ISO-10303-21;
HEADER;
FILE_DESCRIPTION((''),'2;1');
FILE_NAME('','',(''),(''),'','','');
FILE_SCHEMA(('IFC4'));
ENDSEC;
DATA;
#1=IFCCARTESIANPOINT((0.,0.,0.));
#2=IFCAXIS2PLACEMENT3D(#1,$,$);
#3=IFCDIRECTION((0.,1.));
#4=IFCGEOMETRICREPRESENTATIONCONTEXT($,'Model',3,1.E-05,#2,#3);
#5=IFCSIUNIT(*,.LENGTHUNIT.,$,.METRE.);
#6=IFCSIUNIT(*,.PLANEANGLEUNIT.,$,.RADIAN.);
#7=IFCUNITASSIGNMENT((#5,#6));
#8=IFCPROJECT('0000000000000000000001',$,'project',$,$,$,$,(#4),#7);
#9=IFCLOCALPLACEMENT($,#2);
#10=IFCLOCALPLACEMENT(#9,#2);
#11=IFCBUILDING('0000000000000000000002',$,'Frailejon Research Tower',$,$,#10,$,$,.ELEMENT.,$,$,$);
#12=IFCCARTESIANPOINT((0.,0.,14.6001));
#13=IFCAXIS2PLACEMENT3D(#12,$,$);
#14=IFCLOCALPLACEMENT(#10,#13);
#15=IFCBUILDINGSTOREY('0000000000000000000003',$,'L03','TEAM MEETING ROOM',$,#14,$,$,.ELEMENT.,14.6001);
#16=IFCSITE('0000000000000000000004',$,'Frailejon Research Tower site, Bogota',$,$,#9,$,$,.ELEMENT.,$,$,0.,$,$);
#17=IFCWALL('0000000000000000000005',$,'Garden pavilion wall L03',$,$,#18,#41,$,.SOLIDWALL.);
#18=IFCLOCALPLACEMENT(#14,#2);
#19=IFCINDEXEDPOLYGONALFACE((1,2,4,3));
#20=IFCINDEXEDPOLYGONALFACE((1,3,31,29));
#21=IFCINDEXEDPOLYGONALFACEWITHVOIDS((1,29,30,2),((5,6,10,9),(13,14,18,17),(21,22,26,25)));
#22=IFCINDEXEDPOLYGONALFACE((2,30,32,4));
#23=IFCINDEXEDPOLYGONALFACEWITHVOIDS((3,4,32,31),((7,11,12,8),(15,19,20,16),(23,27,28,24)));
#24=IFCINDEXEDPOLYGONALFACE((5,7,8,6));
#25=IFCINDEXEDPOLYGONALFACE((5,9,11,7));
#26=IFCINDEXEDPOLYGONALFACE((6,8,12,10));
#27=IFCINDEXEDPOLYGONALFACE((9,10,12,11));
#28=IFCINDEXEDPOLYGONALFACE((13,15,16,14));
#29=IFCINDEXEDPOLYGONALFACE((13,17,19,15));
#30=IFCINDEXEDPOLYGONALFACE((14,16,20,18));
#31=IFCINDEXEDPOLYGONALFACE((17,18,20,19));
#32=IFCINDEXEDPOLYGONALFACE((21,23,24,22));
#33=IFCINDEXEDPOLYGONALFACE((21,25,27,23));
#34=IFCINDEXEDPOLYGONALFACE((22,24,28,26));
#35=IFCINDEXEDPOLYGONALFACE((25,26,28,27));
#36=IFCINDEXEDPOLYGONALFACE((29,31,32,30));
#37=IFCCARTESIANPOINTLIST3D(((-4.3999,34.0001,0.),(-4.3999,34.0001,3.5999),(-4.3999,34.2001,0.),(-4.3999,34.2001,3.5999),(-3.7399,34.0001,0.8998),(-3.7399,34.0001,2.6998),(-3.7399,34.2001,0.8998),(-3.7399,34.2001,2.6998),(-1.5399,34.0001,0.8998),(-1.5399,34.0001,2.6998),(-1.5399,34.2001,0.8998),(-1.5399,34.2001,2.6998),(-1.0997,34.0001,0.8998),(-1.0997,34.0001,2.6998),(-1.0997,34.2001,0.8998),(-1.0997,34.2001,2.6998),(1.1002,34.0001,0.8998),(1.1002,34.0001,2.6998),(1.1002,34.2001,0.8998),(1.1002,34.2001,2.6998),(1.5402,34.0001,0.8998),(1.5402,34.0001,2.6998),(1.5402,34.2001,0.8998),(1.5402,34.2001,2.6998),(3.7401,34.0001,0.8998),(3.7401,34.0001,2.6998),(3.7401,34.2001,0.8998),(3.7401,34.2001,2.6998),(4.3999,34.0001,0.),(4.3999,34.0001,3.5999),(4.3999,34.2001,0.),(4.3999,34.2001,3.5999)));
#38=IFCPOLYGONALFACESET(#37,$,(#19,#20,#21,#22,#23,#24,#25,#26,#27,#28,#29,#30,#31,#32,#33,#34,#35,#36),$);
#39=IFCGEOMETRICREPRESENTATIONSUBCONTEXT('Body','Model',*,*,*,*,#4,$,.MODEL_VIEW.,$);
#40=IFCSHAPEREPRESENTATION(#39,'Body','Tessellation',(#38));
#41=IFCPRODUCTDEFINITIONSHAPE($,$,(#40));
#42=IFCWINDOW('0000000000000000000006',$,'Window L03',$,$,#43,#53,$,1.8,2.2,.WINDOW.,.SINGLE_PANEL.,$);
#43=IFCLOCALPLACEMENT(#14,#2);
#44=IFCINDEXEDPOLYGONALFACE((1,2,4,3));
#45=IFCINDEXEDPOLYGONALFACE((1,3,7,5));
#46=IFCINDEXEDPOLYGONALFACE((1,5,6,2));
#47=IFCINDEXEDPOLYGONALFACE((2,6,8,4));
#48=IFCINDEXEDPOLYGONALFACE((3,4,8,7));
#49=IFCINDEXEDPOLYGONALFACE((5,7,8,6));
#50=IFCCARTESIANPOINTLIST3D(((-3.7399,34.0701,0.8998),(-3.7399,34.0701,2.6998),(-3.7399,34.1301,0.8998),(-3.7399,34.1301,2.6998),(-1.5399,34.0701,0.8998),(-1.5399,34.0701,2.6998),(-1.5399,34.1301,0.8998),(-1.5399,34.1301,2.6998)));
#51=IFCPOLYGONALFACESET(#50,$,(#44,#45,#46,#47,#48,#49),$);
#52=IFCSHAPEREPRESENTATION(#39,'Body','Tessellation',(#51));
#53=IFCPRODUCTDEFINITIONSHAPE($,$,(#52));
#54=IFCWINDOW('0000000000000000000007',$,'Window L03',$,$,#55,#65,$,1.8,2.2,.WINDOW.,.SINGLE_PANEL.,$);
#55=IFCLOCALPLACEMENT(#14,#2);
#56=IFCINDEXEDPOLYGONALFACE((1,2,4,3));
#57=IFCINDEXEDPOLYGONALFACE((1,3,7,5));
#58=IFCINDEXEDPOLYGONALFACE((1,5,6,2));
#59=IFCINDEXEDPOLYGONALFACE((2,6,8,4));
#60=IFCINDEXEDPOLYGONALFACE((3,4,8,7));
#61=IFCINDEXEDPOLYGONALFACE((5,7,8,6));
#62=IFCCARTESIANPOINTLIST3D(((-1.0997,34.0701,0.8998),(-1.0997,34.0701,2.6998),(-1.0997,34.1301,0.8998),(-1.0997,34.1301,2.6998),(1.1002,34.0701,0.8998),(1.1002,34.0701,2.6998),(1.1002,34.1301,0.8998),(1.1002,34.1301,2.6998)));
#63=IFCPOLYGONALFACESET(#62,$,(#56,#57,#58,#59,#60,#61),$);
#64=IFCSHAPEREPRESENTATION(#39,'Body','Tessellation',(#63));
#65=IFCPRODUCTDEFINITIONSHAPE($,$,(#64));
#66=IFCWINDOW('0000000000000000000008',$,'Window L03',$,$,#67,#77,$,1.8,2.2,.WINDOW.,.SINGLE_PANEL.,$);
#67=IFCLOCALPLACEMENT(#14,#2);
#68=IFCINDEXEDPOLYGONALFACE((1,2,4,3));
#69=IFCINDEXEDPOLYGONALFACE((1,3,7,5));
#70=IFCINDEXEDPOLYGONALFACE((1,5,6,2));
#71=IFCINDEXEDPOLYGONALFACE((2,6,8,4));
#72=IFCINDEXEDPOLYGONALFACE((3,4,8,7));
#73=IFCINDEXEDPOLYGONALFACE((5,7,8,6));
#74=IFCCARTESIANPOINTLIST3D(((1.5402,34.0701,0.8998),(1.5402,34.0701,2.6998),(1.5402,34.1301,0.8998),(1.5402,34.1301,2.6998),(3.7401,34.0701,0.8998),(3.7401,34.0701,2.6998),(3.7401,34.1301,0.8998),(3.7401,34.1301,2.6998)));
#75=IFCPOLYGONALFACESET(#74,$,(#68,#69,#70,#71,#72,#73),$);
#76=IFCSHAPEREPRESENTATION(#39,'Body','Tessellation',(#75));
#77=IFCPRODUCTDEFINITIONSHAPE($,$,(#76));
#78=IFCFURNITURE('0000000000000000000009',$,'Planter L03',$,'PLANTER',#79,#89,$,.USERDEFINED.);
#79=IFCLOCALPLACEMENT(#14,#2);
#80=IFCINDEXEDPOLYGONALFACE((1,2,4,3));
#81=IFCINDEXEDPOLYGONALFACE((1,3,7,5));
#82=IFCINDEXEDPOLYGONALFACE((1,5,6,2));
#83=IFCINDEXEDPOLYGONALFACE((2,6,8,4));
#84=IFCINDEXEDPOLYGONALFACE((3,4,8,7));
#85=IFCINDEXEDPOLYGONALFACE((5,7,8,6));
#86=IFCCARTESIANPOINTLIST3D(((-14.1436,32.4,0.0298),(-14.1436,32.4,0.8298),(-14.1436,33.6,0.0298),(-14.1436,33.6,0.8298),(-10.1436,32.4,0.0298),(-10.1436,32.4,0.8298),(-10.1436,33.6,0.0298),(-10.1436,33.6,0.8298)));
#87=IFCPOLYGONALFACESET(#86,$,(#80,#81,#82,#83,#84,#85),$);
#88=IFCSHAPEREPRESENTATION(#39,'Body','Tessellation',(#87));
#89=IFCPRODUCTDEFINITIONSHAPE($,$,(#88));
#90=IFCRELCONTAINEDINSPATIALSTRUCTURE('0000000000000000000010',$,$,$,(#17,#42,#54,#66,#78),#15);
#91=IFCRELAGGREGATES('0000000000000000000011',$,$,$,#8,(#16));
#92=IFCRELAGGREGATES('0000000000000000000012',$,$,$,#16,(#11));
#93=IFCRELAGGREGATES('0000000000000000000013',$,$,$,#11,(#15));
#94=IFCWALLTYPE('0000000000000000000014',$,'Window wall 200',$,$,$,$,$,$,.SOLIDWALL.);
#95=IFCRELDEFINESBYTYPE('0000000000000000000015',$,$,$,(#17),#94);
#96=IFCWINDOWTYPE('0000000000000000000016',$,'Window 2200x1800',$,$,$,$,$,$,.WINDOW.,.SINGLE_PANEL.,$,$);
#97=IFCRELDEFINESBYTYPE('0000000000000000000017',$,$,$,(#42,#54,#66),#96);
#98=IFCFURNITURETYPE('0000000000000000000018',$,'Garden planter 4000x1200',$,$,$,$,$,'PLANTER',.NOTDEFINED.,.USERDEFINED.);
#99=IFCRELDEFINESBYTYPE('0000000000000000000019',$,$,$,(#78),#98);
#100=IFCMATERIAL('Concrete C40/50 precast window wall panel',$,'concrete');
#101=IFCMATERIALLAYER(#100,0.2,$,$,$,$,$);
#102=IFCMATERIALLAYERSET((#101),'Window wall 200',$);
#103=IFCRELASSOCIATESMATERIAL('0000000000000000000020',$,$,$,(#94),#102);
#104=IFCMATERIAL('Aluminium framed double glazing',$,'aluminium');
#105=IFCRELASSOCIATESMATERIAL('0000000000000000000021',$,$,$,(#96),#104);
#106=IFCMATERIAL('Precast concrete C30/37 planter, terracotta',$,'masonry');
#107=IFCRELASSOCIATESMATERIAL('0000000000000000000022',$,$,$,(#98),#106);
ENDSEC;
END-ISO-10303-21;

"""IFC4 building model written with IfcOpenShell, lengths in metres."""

from ifc_helpers import new_model, si_unit, direction, frame, frame_2d, origin, origin_2d, place, context, subcontext, project, spatial, rectangle, extrude, material, layer, layer_set, type_object, element, fill, save


model = new_model("IFC4")

# Units and contexts
model_context = context("Model", 3, precision=1e-05, world=origin(), true_north=direction((0.0, 1.0)))
body_context = subcontext(model_context, "Body", "Model", "MODEL_VIEW")
ifc_project = project(units=[si_unit("LENGTHUNIT", "METRE"), si_unit("PLANEANGLEUNIT", "RADIAN")], contexts=[model_context])

# Site, building, storey
site_placement = place(None, origin())
site = spatial("IfcSite", under=ifc_project, at=site_placement, Name="Frailejon Research Tower site, Bogota", CompositionType="ELEMENT", RefElevation=0.0)
building_placement = place(site_placement, origin())
building = spatial("IfcBuilding", under=site, at=building_placement, Name="Frailejon Research Tower", CompositionType="ELEMENT")
storey_placement = place(building_placement, frame((0.0, 0.0, 14.6001)))
storey = spatial("IfcBuildingStorey", under=building, at=storey_placement, Name="L03", Description="TEAM MEETING ROOM", CompositionType="ELEMENT", Elevation=14.6001)

# Shared definitions
ifc_material_1 = material(Name="Concrete C40/50 precast window wall panel", Category="concrete")
ifc_layer_1 = layer(ifc_material_1, 0.2)
ifc_layer_set_1 = layer_set([ifc_layer_1], Name="Window wall 200")
wall_type = type_object("IfcWallType", Name="Window wall 200", PredefinedType="SOLIDWALL", material=ifc_layer_set_1)

# Wall, openings, windows
wall_1_placement = place(storey_placement, frame((-4.3999, 34.1001, 0.0), z_axis=(0.0, 0.0, 1.0), x_axis=(1.0, 0.0, 0.0)))
wall_1 = element("IfcWall", 1, at=wall_1_placement, inside=storey, type_object=wall_type, Name="Garden pavilion wall L03", PredefinedType="SOLIDWALL", context=body_context, shape_type="SweptSolid", body=[
    extrude(rectangle(XDim=8.7998, YDim=0.2, at=frame_2d((4.3999, 0.0))), origin(), (0.0, 0.0, 1.0), 3.5999),
])
opening_1_placement = place(wall_1_placement, frame((0.6599, 0.0, 0.8999)))
opening_1 = element("IfcOpeningElement", 2, at=opening_1_placement, cuts=wall_1, PredefinedType="OPENING", context=body_context, shape_type="SweptSolid", body=[
    extrude(rectangle(XDim=2.2, YDim=1.8, at=frame_2d((1.1001, 0.8999))), frame((0.0, 0.1099, 0.0), z_axis=(0.0, -1.0, 0.0), x_axis=(1.0, 0.0, 0.0)), (0.0, 0.0, 1.0), 0.22),
])
opening_2_placement = place(wall_1_placement, frame((3.3, 0.0, 0.8999)))
opening_2 = element("IfcOpeningElement", 3, at=opening_2_placement, cuts=wall_1, PredefinedType="OPENING", context=body_context, shape_type="SweptSolid", body=[
    extrude(rectangle(XDim=2.2, YDim=1.8, at=frame_2d((1.1001, 0.8999))), frame((0.0, 0.1099, 0.0), z_axis=(0.0, -1.0, 0.0), x_axis=(1.0, 0.0, 0.0)), (0.0, 0.0, 1.0), 0.22),
])
opening_3_placement = place(wall_1_placement, frame((5.9399, 0.0, 0.8999)))
opening_3 = element("IfcOpeningElement", 4, at=opening_3_placement, cuts=wall_1, PredefinedType="OPENING", context=body_context, shape_type="SweptSolid", body=[
    extrude(rectangle(XDim=2.2, YDim=1.8, at=frame_2d((1.1001, 0.8999))), frame((0.0, 0.1099, 0.0), z_axis=(0.0, -1.0, 0.0), x_axis=(1.0, 0.0, 0.0)), (0.0, 0.0, 1.0), 0.22),
])
ifc_material_2 = material(Name="Aluminium framed double glazing", Category="aluminium")
window_type = type_object("IfcWindowType", Name="Window 2200x1800", PartitioningType="SINGLE_PANEL", PredefinedType="WINDOW", material=ifc_material_2)
window_1_placement = place(opening_1_placement, origin())
window_1 = element("IfcWindow", 5, at=window_1_placement, inside=storey, type_object=window_type, Name="Window L03", OverallHeight=1.8, OverallWidth=2.2, PartitioningType="SINGLE_PANEL", PredefinedType="WINDOW", context=body_context, shape_type="SweptSolid", body=[
    extrude(rectangle(XDim=2.2, YDim=1.8, at=frame_2d((1.1001, 0.8999))), frame((0.0, 0.03, 0.0), z_axis=(0.0, -1.0, 0.0), x_axis=(1.0, 0.0, 0.0)), (0.0, 0.0, 1.0), 0.0601),
])
fill(opening_1, window_1)
window_2_placement = place(opening_2_placement, origin())
window_2 = element("IfcWindow", 6, at=window_2_placement, inside=storey, type_object=window_type, Name="Window L03", OverallHeight=1.8, OverallWidth=2.2, PartitioningType="SINGLE_PANEL", PredefinedType="WINDOW", context=body_context, shape_type="SweptSolid", body=[
    extrude(rectangle(XDim=2.2, YDim=1.8, at=frame_2d((1.1001, 0.8999))), frame((0.0, 0.03, 0.0), z_axis=(0.0, -1.0, 0.0), x_axis=(1.0, 0.0, 0.0)), (0.0, 0.0, 1.0), 0.0601),
])
fill(opening_2, window_2)
window_3_placement = place(opening_3_placement, origin())
window_3 = element("IfcWindow", 7, at=window_3_placement, inside=storey, type_object=window_type, Name="Window L03", OverallHeight=1.8, OverallWidth=2.2, PartitioningType="SINGLE_PANEL", PredefinedType="WINDOW", context=body_context, shape_type="SweptSolid", body=[
    extrude(rectangle(XDim=2.2, YDim=1.8, at=frame_2d((1.1001, 0.8999))), frame((0.0, 0.03, 0.0), z_axis=(0.0, -1.0, 0.0), x_axis=(1.0, 0.0, 0.0)), (0.0, 0.0, 1.0), 0.0601),
])
fill(opening_3, window_3)

# Furniture
ifc_material_3 = material(Name="Precast concrete C30/37 planter, terracotta", Category="masonry")
furniture_type = type_object("IfcFurnitureType", Name="Garden planter 4000x1200", ElementType="PLANTER", AssemblyPlace="NOTDEFINED", PredefinedType="USERDEFINED", material=ifc_material_3)
furniture_placement = place(storey_placement, frame((-12.1436, 33.0, 0.0298), z_axis=(0.0, 0.0, 1.0), x_axis=(-1.0, 0.0, 0.0)))
element("IfcFurniture", 8, at=furniture_placement, inside=storey, type_object=furniture_type, Name="Planter L03", ObjectType="PLANTER", PredefinedType="USERDEFINED", context=body_context, shape_type="SweptSolid", body=[
    extrude(rectangle(XDim=4.0, YDim=1.2, at=origin_2d()), origin(), (0.0, 0.0, 1.0), 0.8),
])

save(model, "model.ifc")
